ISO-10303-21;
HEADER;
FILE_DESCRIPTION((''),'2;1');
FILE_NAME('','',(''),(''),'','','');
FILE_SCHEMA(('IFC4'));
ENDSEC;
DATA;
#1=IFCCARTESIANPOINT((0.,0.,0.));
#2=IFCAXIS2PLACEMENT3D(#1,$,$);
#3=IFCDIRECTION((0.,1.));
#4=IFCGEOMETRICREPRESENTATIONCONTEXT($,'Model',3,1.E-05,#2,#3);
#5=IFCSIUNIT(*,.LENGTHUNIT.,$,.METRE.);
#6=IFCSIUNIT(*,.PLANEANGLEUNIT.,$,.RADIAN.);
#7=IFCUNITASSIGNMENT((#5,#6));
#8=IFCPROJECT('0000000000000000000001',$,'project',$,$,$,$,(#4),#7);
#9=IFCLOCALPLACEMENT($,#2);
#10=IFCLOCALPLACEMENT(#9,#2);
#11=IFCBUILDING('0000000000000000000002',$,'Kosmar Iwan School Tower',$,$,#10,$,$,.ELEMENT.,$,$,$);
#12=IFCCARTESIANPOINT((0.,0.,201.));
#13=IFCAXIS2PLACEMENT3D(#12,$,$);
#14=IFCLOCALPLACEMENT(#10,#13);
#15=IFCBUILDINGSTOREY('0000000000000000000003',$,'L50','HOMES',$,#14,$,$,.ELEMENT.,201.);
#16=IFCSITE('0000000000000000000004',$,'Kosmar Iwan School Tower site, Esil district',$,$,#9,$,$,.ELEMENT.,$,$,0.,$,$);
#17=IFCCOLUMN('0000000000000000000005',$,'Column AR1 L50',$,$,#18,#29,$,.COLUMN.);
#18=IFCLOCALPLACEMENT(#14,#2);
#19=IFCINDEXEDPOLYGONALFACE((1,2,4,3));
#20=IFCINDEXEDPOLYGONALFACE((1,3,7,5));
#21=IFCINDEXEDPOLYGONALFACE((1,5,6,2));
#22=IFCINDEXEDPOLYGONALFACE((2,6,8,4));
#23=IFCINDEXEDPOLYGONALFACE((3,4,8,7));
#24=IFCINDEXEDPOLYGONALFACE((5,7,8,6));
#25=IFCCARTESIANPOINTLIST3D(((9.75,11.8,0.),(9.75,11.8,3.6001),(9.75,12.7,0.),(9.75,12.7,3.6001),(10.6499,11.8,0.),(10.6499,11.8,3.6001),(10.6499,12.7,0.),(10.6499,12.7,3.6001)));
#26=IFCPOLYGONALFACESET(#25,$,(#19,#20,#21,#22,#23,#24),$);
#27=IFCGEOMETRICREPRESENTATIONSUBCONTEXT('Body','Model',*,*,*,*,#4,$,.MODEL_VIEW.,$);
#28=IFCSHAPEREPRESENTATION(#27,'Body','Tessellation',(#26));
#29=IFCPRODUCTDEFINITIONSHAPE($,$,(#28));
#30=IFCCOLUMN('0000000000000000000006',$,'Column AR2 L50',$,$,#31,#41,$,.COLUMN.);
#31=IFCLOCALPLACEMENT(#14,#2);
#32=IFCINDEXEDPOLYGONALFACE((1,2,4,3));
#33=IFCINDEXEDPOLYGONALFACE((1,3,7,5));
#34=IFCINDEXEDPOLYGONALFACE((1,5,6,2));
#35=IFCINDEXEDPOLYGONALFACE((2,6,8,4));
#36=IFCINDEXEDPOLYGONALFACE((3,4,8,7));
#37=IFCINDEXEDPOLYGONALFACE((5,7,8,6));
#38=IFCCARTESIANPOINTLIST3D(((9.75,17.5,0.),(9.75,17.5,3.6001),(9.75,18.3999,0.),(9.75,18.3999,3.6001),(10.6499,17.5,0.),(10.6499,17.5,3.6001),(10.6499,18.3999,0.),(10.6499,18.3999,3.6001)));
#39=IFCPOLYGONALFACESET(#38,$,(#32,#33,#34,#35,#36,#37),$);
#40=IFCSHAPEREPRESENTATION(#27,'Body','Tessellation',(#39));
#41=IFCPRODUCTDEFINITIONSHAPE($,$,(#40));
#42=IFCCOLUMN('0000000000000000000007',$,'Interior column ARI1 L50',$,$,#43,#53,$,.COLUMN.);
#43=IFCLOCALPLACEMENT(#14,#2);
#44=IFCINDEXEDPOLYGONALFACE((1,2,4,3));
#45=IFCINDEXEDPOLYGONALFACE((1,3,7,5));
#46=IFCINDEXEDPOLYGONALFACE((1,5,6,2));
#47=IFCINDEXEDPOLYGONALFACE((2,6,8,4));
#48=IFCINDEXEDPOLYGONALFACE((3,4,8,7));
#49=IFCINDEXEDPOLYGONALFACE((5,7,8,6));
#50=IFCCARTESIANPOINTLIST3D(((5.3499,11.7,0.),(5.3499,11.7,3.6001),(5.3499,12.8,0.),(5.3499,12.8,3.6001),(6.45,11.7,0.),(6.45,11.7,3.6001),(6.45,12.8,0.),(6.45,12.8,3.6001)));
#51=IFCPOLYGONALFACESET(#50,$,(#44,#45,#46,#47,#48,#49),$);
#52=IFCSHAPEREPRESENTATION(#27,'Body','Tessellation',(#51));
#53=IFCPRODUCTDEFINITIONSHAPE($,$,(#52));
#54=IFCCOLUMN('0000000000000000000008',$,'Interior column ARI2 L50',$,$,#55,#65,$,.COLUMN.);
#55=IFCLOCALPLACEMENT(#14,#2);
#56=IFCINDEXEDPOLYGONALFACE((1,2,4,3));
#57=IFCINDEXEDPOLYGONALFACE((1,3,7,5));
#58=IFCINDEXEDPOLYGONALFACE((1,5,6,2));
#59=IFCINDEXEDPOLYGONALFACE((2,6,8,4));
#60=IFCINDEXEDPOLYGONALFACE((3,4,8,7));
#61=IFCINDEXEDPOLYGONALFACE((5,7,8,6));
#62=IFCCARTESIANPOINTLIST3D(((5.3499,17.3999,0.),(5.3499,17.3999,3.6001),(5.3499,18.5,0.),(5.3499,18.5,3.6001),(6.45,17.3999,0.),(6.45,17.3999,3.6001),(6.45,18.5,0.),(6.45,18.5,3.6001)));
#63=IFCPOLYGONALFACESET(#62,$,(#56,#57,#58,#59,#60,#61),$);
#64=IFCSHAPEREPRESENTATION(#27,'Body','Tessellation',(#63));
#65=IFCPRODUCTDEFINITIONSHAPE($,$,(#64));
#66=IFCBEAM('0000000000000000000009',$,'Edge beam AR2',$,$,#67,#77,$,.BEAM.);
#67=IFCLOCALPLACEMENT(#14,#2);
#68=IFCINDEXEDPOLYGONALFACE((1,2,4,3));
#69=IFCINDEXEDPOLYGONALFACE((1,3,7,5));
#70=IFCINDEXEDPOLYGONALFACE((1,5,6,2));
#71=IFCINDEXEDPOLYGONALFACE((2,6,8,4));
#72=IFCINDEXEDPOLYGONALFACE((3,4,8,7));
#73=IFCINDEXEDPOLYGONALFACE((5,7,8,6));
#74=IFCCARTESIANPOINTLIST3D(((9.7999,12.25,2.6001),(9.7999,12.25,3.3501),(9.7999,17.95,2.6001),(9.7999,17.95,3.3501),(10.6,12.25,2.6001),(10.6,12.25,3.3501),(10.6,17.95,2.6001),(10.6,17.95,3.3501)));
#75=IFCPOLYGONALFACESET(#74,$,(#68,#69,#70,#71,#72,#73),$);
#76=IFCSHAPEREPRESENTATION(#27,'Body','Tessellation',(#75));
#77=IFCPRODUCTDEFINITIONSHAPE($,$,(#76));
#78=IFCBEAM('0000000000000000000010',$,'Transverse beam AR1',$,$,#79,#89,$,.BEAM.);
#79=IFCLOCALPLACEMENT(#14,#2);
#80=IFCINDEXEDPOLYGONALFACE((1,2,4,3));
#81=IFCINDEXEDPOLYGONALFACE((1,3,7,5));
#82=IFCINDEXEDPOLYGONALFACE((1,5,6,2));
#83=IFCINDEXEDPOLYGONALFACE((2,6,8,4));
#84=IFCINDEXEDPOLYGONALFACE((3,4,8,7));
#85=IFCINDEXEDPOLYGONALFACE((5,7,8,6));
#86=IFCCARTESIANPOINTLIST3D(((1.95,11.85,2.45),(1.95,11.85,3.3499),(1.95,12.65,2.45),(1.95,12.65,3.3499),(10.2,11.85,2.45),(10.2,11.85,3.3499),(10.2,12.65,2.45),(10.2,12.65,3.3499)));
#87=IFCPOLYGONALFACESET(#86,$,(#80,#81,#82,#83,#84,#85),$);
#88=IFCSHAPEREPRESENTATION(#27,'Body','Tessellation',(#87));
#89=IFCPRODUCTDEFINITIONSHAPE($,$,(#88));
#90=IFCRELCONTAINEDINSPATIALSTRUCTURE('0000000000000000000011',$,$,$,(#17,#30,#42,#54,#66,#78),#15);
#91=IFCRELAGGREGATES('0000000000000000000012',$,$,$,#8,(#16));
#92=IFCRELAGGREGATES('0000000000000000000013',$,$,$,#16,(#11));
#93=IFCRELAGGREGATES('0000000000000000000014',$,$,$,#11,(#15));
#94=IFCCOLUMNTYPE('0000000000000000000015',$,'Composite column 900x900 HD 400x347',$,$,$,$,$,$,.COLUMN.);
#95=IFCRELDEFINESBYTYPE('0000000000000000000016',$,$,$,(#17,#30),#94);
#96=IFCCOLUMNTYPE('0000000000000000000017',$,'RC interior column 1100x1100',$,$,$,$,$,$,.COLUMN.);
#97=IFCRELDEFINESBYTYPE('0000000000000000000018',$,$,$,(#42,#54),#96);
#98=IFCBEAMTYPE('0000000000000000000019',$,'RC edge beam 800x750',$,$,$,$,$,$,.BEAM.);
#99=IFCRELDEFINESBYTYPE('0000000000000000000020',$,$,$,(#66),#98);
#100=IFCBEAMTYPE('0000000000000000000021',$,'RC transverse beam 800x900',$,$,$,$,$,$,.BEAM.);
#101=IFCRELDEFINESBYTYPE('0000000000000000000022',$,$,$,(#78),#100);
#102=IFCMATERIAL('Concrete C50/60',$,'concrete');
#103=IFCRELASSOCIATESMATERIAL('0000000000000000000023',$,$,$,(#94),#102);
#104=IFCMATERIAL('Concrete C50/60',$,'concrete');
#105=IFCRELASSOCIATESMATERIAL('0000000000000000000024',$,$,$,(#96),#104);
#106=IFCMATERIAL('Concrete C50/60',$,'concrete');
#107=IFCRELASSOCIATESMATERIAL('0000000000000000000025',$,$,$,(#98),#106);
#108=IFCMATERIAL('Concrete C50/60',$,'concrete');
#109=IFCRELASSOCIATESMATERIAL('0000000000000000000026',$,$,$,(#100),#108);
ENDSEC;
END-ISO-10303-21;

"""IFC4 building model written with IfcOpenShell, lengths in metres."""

from ifc_helpers import new_model, si_unit, direction, frame, origin, origin_2d, place, context, subcontext, project, spatial, rectangle, extrude, material, material_profile, profile_set, type_object, element, save


model = new_model("IFC4")

# Units and contexts
model_context = context("Model", 3, precision=1e-05, world=origin(), true_north=direction((0.0, 1.0)))
body_context = subcontext(model_context, "Body", "Model", "MODEL_VIEW")
ifc_project = project(units=[si_unit("LENGTHUNIT", "METRE"), si_unit("PLANEANGLEUNIT", "RADIAN")], contexts=[model_context])

# Site, building, storey
site_placement = place(None, origin())
site = spatial("IfcSite", under=ifc_project, at=site_placement, Name="Kosmar Iwan School Tower site, Esil district", CompositionType="ELEMENT", RefElevation=0.0)
building_placement = place(site_placement, origin())
building = spatial("IfcBuilding", under=site, at=building_placement, Name="Kosmar Iwan School Tower", CompositionType="ELEMENT")
storey_placement = place(building_placement, frame((0.0, 0.0, 201.0)))
storey = spatial("IfcBuildingStorey", under=building, at=storey_placement, Name="L50", Description="HOMES", CompositionType="ELEMENT", Elevation=201.0)

# Columns
ifc_material_1 = material(Name="Concrete C50/60", Category="concrete")
ifc_material_profile_1 = material_profile(ifc_material_1, rectangle(XDim=0.8999, YDim=0.8999, at=origin_2d()), Name="RC 900x900 + HD 400x347")
ifc_profile_set_1 = profile_set([ifc_material_profile_1], Name="Concrete C50/60")
column_type_1 = type_object("IfcColumnType", Name="Composite column 900x900 HD 400x347", PredefinedType="COLUMN", material=ifc_profile_set_1)
for number, where, z_axis, x_axis, name in (
    (1, (10.2, 12.25, 0.0), (0.0, 0.0, 1.0), (0.0, 1.0, 0.0), "Column AR1 L50"),
    (2, (10.2, 17.95, 0.0), (0.0, 0.0, 1.0), (0.0, 1.0, 0.0), "Column AR2 L50"),
):
    element("IfcColumn", number, at=place(storey_placement, frame(where, z_axis=z_axis, x_axis=x_axis)), inside=storey, type_object=column_type_1, Name=name, PredefinedType="COLUMN", context=body_context, shape_type="SweptSolid", body=[
        extrude(rectangle(XDim=0.8999, YDim=0.8999, at=origin_2d()), origin(), (0.0, 0.0, 1.0), 3.6001),
    ])
ifc_material_2 = material(Name="Concrete C50/60", Category="concrete")
ifc_material_profile_2 = material_profile(ifc_material_2, rectangle(XDim=1.1001, YDim=1.1001, at=origin_2d()), Name="RC 1100x1100")
ifc_profile_set_2 = profile_set([ifc_material_profile_2], Name="Concrete C50/60")
column_type_2 = type_object("IfcColumnType", Name="RC interior column 1100x1100", PredefinedType="COLUMN", material=ifc_profile_set_2)
for number, where, z_axis, x_axis, name in (
    (3, (5.8999, 12.25, 0.0), (0.0, 0.0, 1.0), (0.0, 1.0, 0.0), "Interior column ARI1 L50"),
    (4, (5.8999, 17.95, 0.0), (0.0, 0.0, 1.0), (0.0, 1.0, 0.0), "Interior column ARI2 L50"),
):
    element("IfcColumn", number, at=place(storey_placement, frame(where, z_axis=z_axis, x_axis=x_axis)), inside=storey, type_object=column_type_2, Name=name, PredefinedType="COLUMN", context=body_context, shape_type="SweptSolid", body=[
        extrude(rectangle(XDim=1.1001, YDim=1.1001, at=origin_2d()), origin(), (0.0, 0.0, 1.0), 3.6001),
    ])

# Beams
ifc_material_3 = material(Name="Concrete C50/60", Category="concrete")
ifc_material_profile_3 = material_profile(ifc_material_3, rectangle(XDim=0.8, YDim=0.75, at=origin_2d()), Name="RC 800x750")
ifc_profile_set_3 = profile_set([ifc_material_profile_3], Name="Concrete C50/60")
beam_type_1 = type_object("IfcBeamType", Name="RC edge beam 800x750", PredefinedType="BEAM", material=ifc_profile_set_3)
beam_1_placement = place(storey_placement, frame((10.2, 12.25, 2.9751), z_axis=(0.0, 1.0, 0.0), x_axis=(-1.0, 0.0, 0.0)))
element("IfcBeam", 5, at=beam_1_placement, inside=storey, type_object=beam_type_1, Name="Edge beam AR2", PredefinedType="BEAM", context=body_context, shape_type="SweptSolid", body=[
    extrude(rectangle(XDim=0.8, YDim=0.75, at=origin_2d()), origin(), (0.0, 0.0, 1.0), 5.7),
])
ifc_material_4 = material(Name="Concrete C50/60", Category="concrete")
ifc_material_profile_4 = material_profile(ifc_material_4, rectangle(XDim=0.8, YDim=0.8999, at=origin_2d()), Name="RC 800x900")
ifc_profile_set_4 = profile_set([ifc_material_profile_4], Name="Concrete C50/60")
beam_type_2 = type_object("IfcBeamType", Name="RC transverse beam 800x900", PredefinedType="BEAM", material=ifc_profile_set_4)
beam_2_placement = place(storey_placement, frame((10.2, 12.25, 2.8999), z_axis=(-1.0, 0.0, 0.0), x_axis=(0.0, -1.0, 0.0)))
element("IfcBeam", 6, at=beam_2_placement, inside=storey, type_object=beam_type_2, Name="Transverse beam AR1", PredefinedType="BEAM", context=body_context, shape_type="SweptSolid", body=[
    extrude(rectangle(XDim=0.8, YDim=0.8999, at=origin_2d()), origin(), (0.0, 0.0, 1.0), 8.25),
])

save(model, "model.ifc")
